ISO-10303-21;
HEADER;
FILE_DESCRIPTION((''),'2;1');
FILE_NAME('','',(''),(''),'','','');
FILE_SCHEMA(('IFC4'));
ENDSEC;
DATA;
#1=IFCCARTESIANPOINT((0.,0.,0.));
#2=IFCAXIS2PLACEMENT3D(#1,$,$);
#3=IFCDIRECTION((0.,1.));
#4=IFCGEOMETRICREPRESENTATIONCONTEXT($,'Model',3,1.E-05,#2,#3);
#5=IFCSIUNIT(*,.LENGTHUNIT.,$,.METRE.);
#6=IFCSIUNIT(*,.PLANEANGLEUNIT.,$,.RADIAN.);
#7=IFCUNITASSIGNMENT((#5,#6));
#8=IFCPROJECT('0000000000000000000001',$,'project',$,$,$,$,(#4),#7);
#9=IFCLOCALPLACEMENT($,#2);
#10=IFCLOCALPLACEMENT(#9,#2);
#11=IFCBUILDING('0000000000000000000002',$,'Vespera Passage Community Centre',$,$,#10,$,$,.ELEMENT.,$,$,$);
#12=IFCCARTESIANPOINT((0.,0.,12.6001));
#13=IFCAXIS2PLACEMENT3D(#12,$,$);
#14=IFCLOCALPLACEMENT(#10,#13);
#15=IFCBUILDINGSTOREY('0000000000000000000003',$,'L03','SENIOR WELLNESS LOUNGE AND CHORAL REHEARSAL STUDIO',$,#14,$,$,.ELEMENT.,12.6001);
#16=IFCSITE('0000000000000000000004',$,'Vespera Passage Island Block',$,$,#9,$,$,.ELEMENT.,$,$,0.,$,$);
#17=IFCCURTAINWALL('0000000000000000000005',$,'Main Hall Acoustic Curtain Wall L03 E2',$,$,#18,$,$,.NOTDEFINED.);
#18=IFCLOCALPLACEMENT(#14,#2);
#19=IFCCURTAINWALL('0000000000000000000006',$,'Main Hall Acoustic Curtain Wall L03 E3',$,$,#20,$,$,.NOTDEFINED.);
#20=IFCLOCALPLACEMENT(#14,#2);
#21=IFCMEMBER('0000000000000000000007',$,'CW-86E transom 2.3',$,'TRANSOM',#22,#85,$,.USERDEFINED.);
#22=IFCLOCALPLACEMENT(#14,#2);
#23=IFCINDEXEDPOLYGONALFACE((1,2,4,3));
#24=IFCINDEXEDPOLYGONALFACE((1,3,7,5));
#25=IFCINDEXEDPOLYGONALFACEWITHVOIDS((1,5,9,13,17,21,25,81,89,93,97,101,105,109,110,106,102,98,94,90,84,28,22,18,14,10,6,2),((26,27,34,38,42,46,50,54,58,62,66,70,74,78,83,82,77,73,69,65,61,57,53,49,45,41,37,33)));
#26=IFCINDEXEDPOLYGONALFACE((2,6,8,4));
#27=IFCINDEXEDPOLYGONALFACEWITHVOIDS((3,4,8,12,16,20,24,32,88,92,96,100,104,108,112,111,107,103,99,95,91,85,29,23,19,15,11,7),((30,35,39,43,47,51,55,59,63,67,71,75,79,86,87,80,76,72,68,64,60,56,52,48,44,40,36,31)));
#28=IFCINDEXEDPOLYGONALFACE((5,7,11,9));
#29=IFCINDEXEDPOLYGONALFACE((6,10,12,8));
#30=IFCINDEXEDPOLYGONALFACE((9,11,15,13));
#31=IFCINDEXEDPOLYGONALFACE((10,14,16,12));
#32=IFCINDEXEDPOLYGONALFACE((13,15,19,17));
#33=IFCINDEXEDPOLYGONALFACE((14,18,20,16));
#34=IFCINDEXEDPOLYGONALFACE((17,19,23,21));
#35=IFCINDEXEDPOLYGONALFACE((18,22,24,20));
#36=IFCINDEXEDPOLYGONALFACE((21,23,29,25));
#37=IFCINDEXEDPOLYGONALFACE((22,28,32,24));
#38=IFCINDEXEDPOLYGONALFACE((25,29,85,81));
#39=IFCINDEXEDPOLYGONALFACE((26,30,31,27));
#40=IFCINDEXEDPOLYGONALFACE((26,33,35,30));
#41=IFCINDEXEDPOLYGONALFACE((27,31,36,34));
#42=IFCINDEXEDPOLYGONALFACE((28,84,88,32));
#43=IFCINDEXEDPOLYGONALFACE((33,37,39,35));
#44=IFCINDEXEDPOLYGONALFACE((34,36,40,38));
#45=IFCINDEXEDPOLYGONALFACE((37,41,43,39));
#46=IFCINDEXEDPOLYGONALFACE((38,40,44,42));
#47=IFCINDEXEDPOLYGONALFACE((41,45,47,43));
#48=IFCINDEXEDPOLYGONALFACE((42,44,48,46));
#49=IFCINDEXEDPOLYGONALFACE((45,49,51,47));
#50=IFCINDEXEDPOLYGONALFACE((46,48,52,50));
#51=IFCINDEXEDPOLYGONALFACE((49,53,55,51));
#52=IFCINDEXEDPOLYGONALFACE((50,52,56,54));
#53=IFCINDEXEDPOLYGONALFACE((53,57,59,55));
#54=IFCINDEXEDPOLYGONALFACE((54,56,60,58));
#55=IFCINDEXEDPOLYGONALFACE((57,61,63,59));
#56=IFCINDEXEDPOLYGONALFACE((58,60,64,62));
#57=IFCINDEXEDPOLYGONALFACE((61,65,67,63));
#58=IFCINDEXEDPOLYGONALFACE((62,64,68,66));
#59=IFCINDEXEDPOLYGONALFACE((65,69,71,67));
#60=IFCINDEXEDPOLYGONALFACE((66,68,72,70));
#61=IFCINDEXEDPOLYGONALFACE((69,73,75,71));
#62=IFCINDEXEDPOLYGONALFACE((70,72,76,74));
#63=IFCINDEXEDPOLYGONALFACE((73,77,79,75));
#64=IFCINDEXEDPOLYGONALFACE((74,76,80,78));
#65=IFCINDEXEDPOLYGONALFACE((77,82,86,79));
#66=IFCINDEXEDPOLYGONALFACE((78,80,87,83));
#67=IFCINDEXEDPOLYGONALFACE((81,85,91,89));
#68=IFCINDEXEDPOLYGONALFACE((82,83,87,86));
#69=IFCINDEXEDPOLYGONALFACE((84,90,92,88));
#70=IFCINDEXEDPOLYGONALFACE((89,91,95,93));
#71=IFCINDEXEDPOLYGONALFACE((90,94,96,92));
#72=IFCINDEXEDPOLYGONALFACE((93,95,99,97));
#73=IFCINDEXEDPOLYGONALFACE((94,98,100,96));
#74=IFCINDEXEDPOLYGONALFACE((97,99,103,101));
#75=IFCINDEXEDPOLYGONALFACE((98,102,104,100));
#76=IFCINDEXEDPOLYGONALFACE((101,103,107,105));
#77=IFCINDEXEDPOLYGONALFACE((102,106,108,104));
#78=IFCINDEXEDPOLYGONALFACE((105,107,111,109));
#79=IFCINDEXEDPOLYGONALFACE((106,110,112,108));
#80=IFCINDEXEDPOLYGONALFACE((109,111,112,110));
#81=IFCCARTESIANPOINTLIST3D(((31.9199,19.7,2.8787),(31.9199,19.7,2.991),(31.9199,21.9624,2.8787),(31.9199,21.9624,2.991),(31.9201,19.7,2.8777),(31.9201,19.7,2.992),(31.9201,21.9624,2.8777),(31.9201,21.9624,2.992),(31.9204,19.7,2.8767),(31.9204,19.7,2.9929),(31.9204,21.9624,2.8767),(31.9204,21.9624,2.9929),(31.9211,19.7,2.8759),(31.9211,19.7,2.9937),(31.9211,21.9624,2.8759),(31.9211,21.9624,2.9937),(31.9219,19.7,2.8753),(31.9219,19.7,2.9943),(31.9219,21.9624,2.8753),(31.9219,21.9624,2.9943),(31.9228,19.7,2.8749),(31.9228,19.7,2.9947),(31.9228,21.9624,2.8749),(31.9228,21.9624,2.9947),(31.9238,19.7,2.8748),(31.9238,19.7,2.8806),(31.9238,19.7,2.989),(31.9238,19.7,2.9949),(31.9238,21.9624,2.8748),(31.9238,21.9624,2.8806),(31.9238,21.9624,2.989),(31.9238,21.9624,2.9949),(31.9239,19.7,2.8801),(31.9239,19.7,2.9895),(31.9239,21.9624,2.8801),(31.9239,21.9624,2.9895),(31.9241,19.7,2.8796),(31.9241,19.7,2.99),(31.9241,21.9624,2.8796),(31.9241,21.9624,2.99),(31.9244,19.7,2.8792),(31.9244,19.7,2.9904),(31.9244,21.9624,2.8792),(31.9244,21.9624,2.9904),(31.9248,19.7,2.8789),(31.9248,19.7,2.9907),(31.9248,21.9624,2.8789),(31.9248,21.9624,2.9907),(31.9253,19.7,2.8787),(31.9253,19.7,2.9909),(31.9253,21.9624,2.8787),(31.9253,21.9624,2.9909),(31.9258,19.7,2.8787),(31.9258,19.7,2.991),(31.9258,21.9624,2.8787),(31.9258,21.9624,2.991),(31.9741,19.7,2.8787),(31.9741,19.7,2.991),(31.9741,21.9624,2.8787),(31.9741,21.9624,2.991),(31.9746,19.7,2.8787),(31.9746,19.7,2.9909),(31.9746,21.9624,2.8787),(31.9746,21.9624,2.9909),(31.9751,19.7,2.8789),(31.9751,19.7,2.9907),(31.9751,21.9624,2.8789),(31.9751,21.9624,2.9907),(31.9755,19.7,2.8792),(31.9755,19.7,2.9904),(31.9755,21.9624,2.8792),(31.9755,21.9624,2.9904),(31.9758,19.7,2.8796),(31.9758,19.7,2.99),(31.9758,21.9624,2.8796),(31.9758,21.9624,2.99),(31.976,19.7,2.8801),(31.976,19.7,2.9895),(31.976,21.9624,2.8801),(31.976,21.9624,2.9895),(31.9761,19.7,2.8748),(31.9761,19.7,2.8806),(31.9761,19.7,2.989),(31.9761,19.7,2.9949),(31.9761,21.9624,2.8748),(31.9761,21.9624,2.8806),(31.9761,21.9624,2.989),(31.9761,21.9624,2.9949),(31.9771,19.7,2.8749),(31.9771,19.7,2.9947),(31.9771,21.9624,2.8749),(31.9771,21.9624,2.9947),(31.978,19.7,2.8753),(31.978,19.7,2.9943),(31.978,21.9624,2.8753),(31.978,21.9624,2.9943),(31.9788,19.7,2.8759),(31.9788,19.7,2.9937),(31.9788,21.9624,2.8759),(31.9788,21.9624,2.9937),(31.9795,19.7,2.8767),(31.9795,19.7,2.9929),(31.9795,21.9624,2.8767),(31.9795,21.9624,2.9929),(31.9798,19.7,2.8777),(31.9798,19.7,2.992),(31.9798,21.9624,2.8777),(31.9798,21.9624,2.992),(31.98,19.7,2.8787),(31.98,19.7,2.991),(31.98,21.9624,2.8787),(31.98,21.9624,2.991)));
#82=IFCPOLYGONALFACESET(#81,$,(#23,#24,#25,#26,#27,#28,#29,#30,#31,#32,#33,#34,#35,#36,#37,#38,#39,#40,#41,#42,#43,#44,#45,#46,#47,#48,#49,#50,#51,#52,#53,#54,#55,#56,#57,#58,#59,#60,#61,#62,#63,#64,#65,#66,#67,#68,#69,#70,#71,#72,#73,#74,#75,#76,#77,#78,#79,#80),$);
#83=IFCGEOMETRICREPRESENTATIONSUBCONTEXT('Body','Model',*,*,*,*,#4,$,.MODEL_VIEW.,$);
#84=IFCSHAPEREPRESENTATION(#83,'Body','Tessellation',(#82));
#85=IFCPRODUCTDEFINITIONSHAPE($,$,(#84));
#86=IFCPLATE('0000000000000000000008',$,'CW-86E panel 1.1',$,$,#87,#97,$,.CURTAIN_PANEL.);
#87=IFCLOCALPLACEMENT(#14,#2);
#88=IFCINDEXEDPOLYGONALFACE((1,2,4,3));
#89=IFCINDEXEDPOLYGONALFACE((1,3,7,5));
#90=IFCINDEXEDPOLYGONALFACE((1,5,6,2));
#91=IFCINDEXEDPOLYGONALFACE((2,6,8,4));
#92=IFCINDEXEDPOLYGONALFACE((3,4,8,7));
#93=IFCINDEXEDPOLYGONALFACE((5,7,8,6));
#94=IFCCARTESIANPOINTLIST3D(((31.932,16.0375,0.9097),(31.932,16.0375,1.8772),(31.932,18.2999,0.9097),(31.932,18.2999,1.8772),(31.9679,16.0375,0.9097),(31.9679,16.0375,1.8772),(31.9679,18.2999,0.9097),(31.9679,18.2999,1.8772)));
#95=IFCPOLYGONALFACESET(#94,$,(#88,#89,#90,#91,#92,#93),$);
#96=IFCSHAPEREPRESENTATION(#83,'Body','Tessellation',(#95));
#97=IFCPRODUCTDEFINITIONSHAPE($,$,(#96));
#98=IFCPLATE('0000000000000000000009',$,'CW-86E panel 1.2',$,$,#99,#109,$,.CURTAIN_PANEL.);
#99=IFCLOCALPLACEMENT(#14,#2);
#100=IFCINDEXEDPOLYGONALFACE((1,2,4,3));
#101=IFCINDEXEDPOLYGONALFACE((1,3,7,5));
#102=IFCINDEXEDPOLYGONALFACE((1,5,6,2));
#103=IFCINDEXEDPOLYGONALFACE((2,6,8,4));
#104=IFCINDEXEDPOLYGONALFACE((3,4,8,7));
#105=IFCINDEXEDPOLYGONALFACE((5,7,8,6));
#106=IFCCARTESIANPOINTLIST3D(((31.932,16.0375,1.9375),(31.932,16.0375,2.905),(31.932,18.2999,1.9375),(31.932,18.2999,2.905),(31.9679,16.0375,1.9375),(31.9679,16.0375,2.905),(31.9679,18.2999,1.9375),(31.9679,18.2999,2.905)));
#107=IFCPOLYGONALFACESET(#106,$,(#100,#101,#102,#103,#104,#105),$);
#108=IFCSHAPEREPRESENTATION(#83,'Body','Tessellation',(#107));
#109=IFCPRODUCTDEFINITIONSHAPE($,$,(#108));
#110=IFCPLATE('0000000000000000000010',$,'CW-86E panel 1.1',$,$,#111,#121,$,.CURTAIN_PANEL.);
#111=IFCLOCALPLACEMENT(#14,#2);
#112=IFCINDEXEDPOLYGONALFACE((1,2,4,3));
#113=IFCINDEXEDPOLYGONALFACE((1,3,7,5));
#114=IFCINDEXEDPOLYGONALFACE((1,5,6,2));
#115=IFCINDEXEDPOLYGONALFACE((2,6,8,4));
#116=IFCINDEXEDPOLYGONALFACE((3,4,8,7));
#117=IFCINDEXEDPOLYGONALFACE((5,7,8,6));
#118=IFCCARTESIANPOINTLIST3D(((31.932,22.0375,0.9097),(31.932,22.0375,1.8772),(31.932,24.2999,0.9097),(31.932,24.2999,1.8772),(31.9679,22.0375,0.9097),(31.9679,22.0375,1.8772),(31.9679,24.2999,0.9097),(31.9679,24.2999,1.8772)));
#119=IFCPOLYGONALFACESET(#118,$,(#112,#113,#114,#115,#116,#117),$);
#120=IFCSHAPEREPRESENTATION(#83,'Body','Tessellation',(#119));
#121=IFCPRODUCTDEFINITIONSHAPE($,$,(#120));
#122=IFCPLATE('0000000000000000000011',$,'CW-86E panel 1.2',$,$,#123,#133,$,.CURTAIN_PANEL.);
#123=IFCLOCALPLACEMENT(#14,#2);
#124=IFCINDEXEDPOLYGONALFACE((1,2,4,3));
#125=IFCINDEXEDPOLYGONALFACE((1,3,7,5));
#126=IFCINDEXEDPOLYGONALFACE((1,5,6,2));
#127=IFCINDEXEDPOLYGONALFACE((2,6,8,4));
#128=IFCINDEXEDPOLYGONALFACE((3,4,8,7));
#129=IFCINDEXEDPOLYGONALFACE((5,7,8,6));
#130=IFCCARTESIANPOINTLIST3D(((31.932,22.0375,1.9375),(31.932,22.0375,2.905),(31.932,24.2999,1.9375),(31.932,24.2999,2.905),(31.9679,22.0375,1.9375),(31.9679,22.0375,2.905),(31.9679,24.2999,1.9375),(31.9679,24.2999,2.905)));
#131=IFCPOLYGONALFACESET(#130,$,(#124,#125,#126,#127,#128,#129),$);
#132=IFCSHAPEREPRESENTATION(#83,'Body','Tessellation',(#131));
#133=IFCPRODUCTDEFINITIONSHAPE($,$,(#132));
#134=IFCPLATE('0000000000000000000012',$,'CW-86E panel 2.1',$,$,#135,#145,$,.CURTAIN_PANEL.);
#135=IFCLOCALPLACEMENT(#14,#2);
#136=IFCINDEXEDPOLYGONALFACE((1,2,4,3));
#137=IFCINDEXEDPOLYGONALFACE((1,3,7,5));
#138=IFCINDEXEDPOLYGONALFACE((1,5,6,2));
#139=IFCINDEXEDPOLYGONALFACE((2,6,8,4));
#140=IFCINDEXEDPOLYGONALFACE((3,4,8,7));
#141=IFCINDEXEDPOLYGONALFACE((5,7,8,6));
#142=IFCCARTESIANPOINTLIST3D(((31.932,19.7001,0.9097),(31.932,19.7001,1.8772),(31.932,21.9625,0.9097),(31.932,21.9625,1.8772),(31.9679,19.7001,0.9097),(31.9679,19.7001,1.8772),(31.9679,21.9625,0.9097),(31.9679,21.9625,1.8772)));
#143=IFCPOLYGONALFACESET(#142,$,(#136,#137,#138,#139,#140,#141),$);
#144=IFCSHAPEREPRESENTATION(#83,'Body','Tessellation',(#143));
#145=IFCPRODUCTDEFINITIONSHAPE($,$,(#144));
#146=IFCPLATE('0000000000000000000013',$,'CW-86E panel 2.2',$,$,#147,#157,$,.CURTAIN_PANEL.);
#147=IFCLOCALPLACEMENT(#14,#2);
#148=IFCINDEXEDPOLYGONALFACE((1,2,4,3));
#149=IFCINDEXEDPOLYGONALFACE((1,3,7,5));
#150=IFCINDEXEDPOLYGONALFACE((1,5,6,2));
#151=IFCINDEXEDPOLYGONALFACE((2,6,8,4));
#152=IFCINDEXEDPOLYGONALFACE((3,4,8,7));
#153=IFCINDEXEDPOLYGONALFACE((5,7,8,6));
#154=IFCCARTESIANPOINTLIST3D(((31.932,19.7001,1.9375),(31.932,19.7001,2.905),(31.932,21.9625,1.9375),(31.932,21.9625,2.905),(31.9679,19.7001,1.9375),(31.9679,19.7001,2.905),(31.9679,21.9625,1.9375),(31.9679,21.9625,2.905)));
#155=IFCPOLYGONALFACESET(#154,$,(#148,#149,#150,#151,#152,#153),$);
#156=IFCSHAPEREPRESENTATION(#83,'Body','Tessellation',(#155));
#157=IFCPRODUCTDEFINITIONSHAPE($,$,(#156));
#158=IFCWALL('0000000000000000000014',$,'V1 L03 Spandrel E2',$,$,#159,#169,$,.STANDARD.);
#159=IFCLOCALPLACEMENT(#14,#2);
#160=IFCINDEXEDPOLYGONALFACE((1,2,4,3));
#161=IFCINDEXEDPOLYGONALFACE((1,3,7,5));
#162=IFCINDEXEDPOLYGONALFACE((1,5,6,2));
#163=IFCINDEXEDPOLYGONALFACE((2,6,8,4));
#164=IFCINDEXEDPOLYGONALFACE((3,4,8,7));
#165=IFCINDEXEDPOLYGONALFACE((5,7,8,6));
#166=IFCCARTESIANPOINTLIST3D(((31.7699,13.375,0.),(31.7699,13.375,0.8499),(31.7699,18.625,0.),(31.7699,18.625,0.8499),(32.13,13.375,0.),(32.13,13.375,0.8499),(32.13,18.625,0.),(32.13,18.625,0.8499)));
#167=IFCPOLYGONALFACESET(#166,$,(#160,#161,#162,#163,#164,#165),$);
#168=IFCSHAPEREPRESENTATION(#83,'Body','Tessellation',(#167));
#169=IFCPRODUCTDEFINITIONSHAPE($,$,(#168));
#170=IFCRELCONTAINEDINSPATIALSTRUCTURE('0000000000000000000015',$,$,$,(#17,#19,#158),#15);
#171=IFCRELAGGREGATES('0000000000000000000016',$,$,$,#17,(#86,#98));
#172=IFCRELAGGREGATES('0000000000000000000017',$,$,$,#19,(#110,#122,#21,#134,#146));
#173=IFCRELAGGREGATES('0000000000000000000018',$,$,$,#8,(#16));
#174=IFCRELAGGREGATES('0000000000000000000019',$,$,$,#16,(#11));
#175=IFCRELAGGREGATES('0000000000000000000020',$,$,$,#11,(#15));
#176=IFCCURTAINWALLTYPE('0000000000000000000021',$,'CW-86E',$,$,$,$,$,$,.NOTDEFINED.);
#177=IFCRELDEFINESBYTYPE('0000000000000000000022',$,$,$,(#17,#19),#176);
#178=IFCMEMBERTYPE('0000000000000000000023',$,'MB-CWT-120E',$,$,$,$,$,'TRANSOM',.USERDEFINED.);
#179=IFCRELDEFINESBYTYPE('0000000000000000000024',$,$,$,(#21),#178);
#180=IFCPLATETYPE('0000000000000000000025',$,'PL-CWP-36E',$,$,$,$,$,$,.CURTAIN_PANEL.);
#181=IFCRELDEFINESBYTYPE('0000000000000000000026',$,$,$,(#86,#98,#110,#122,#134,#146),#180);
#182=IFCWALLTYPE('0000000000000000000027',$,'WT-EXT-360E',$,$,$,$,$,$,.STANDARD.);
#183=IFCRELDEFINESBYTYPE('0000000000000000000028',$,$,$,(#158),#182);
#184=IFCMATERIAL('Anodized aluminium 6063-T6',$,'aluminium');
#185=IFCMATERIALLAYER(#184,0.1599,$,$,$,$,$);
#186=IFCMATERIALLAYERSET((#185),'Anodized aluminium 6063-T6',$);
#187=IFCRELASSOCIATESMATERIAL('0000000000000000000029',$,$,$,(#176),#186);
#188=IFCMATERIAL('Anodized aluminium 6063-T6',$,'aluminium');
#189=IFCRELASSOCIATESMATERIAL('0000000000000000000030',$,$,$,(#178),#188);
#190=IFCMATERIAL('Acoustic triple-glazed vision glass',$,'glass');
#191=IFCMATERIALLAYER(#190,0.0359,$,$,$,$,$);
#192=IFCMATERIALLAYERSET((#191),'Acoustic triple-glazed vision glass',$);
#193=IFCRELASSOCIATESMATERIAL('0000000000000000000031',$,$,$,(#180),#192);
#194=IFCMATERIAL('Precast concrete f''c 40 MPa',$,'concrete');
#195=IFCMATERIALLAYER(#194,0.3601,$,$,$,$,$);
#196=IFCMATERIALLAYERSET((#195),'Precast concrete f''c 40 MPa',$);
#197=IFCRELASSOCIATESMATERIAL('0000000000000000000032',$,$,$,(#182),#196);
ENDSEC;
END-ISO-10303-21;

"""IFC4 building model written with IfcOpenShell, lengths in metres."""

from ifc_helpers import new_model, si_unit, direction, frame, frame_2d, origin, origin_2d, place, context, subcontext, project, spatial, rectangle, hollow_rectangle, extrude, material, layer, layer_set, material_profile, profile_set, type_object, element, aggregate, save


model = new_model("IFC4")

# Units and contexts
model_context = context("Model", 3, precision=1e-05, world=origin(), true_north=direction((0.0, 1.0)))
body_context = subcontext(model_context, "Body", "Model", "MODEL_VIEW")
ifc_project = project(units=[si_unit("LENGTHUNIT", "METRE"), si_unit("PLANEANGLEUNIT", "RADIAN")], contexts=[model_context])

# Site, building, storey
site_placement = place(None, origin())
site = spatial("IfcSite", under=ifc_project, at=site_placement, Name="Vespera Passage Island Block", CompositionType="ELEMENT", RefElevation=0.0)
building_placement = place(site_placement, origin())
building = spatial("IfcBuilding", under=site, at=building_placement, Name="Vespera Passage Community Centre", CompositionType="ELEMENT")
storey_placement = place(building_placement, frame((0.0, 0.0, 12.6001)))
storey = spatial("IfcBuildingStorey", under=building, at=storey_placement, Name="L03", Description="SENIOR WELLNESS LOUNGE AND CHORAL REHEARSAL STUDIO", CompositionType="ELEMENT", Elevation=12.6001)

# Curtain walls
ifc_material_1 = material(Name="Anodized aluminium 6063-T6", Category="aluminium")
ifc_layer_1 = layer(ifc_material_1, 0.1599)
ifc_layer_set_1 = layer_set([ifc_layer_1], Name="Anodized aluminium 6063-T6")
curtain_wall_type = type_object("IfcCurtainWallType", Name="CW-86E", PredefinedType="NOTDEFINED", material=ifc_layer_set_1)
curtain_wall_1_placement = place(storey_placement, origin())
curtain_wall_1 = element("IfcCurtainWall", 1, at=curtain_wall_1_placement, inside=storey, type_object=curtain_wall_type, Name="Main Hall Acoustic Curtain Wall L03 E2", PredefinedType="NOTDEFINED")
curtain_wall_2_placement = place(storey_placement, origin())
curtain_wall_2 = element("IfcCurtainWall", 2, at=curtain_wall_2_placement, inside=storey, type_object=curtain_wall_type, Name="Main Hall Acoustic Curtain Wall L03 E3", PredefinedType="NOTDEFINED")

# Member
ifc_material_2 = material(Name="Anodized aluminium 6063-T6", Category="aluminium")
ifc_material_profile_1 = material_profile(ifc_material_2, hollow_rectangle(XDim=0.0601, YDim=0.1201, WallThickness=0.0039, InnerFilletRadius=0.002, OuterFilletRadius=0.0039, at=origin_2d()), Name="ALU120X60X4")
ifc_profile_set_1 = profile_set([ifc_material_profile_1], Name="Anodized aluminium 6063-T6")
member_type_1 = type_object("IfcMemberType", Name="MB-CWT-120E", ElementType="TRANSOM", PredefinedType="USERDEFINED", material=ifc_profile_set_1)
member_1_placement = place(storey_placement, frame((31.95, 21.9624, 2.9348), z_axis=(0.0, -1.0, 0.0), x_axis=(1.0, 0.0, 0.0)))
member_1 = element("IfcMember", 3, at=member_1_placement, type_object=member_type_1, Name="CW-86E transom 2.3", ObjectType="TRANSOM", PredefinedType="USERDEFINED", context=body_context, shape_type="SweptSolid", body=[
    extrude(hollow_rectangle(XDim=0.0601, YDim=0.1201, WallThickness=0.0039, InnerFilletRadius=0.002, OuterFilletRadius=0.0039, at=origin_2d()), origin(), (0.0, 0.0, 1.0), 2.2625),
])

# Plates
ifc_material_3 = material(Name="Acoustic triple-glazed vision glass", Category="glass")
ifc_layer_2 = layer(ifc_material_3, 0.0359)
ifc_layer_set_2 = layer_set([ifc_layer_2], Name="Acoustic triple-glazed vision glass")
plate_type = type_object("IfcPlateType", Name="PL-CWP-36E", PredefinedType="CURTAIN_PANEL", material=ifc_layer_set_2)
plate_1_placement = place(storey_placement, frame((31.95, 17.1687, 0.9097), z_axis=(0.0, 0.0, 1.0), x_axis=(0.0, -1.0, 0.0)))
plate_1 = element("IfcPlate", 4, at=plate_1_placement, type_object=plate_type, Name="CW-86E panel 1.1", PredefinedType="CURTAIN_PANEL", context=body_context, shape_type="SweptSolid", body=[
    extrude(rectangle(XDim=2.2625, YDim=0.0359, at=origin_2d()), origin(), (0.0, 0.0, 1.0), 0.9675),
])
plate_2_placement = place(storey_placement, frame((31.95, 17.1687, 1.9375), z_axis=(0.0, 0.0, 1.0), x_axis=(0.0, -1.0, 0.0)))
plate_2 = element("IfcPlate", 5, at=plate_2_placement, type_object=plate_type, Name="CW-86E panel 1.2", PredefinedType="CURTAIN_PANEL", context=body_context, shape_type="SweptSolid", body=[
    extrude(rectangle(XDim=2.2625, YDim=0.0359, at=origin_2d()), origin(), (0.0, 0.0, 1.0), 0.9675),
])
aggregate(curtain_wall_1, [plate_1, plate_2])
plate_3_placement = place(storey_placement, frame((31.95, 23.1687, 0.9097), z_axis=(0.0, 0.0, 1.0), x_axis=(0.0, -1.0, 0.0)))
plate_3 = element("IfcPlate", 6, at=plate_3_placement, type_object=plate_type, Name="CW-86E panel 1.1", PredefinedType="CURTAIN_PANEL", context=body_context, shape_type="SweptSolid", body=[
    extrude(rectangle(XDim=2.2625, YDim=0.0359, at=origin_2d()), origin(), (0.0, 0.0, 1.0), 0.9675),
])
plate_4_placement = place(storey_placement, frame((31.95, 23.1687, 1.9375), z_axis=(0.0, 0.0, 1.0), x_axis=(0.0, -1.0, 0.0)))
plate_4 = element("IfcPlate", 7, at=plate_4_placement, type_object=plate_type, Name="CW-86E panel 1.2", PredefinedType="CURTAIN_PANEL", context=body_context, shape_type="SweptSolid", body=[
    extrude(rectangle(XDim=2.2625, YDim=0.0359, at=origin_2d()), origin(), (0.0, 0.0, 1.0), 0.9675),
])
plate_5_placement = place(storey_placement, frame((31.95, 20.8313, 0.9097), z_axis=(0.0, 0.0, 1.0), x_axis=(0.0, -1.0, 0.0)))
plate_5 = element("IfcPlate", 8, at=plate_5_placement, type_object=plate_type, Name="CW-86E panel 2.1", PredefinedType="CURTAIN_PANEL", context=body_context, shape_type="SweptSolid", body=[
    extrude(rectangle(XDim=2.2625, YDim=0.0359, at=origin_2d()), origin(), (0.0, 0.0, 1.0), 0.9675),
])
plate_6_placement = place(storey_placement, frame((31.95, 20.8313, 1.9375), z_axis=(0.0, 0.0, 1.0), x_axis=(0.0, -1.0, 0.0)))
plate_6 = element("IfcPlate", 9, at=plate_6_placement, type_object=plate_type, Name="CW-86E panel 2.2", PredefinedType="CURTAIN_PANEL", context=body_context, shape_type="SweptSolid", body=[
    extrude(rectangle(XDim=2.2625, YDim=0.0359, at=origin_2d()), origin(), (0.0, 0.0, 1.0), 0.9675),
])
aggregate(curtain_wall_2, [plate_3, plate_4, member_1, plate_5, plate_6])

# Wall
ifc_material_4 = material(Name="Precast concrete f'c 40 MPa", Category="concrete")
ifc_layer_3 = layer(ifc_material_4, 0.3601)
ifc_layer_set_3 = layer_set([ifc_layer_3], Name="Precast concrete f'c 40 MPa")
wall_type = type_object("IfcWallType", Name="WT-EXT-360E", PredefinedType="STANDARD", material=ifc_layer_set_3)
wall_placement = place(storey_placement, frame((31.95, 18.625, 0.0), z_axis=(0.0, 0.0, 1.0), x_axis=(0.0, -1.0, 0.0)))
element("IfcWall", 10, at=wall_placement, inside=storey, type_object=wall_type, Name="V1 L03 Spandrel E2", PredefinedType="STANDARD", context=body_context, shape_type="SweptSolid", body=[
    extrude(rectangle(XDim=5.25, YDim=0.3601, at=frame_2d((2.625, 0.0))), origin(), (0.0, 0.0, 1.0), 0.8499),
])

save(model, "model.ifc")
